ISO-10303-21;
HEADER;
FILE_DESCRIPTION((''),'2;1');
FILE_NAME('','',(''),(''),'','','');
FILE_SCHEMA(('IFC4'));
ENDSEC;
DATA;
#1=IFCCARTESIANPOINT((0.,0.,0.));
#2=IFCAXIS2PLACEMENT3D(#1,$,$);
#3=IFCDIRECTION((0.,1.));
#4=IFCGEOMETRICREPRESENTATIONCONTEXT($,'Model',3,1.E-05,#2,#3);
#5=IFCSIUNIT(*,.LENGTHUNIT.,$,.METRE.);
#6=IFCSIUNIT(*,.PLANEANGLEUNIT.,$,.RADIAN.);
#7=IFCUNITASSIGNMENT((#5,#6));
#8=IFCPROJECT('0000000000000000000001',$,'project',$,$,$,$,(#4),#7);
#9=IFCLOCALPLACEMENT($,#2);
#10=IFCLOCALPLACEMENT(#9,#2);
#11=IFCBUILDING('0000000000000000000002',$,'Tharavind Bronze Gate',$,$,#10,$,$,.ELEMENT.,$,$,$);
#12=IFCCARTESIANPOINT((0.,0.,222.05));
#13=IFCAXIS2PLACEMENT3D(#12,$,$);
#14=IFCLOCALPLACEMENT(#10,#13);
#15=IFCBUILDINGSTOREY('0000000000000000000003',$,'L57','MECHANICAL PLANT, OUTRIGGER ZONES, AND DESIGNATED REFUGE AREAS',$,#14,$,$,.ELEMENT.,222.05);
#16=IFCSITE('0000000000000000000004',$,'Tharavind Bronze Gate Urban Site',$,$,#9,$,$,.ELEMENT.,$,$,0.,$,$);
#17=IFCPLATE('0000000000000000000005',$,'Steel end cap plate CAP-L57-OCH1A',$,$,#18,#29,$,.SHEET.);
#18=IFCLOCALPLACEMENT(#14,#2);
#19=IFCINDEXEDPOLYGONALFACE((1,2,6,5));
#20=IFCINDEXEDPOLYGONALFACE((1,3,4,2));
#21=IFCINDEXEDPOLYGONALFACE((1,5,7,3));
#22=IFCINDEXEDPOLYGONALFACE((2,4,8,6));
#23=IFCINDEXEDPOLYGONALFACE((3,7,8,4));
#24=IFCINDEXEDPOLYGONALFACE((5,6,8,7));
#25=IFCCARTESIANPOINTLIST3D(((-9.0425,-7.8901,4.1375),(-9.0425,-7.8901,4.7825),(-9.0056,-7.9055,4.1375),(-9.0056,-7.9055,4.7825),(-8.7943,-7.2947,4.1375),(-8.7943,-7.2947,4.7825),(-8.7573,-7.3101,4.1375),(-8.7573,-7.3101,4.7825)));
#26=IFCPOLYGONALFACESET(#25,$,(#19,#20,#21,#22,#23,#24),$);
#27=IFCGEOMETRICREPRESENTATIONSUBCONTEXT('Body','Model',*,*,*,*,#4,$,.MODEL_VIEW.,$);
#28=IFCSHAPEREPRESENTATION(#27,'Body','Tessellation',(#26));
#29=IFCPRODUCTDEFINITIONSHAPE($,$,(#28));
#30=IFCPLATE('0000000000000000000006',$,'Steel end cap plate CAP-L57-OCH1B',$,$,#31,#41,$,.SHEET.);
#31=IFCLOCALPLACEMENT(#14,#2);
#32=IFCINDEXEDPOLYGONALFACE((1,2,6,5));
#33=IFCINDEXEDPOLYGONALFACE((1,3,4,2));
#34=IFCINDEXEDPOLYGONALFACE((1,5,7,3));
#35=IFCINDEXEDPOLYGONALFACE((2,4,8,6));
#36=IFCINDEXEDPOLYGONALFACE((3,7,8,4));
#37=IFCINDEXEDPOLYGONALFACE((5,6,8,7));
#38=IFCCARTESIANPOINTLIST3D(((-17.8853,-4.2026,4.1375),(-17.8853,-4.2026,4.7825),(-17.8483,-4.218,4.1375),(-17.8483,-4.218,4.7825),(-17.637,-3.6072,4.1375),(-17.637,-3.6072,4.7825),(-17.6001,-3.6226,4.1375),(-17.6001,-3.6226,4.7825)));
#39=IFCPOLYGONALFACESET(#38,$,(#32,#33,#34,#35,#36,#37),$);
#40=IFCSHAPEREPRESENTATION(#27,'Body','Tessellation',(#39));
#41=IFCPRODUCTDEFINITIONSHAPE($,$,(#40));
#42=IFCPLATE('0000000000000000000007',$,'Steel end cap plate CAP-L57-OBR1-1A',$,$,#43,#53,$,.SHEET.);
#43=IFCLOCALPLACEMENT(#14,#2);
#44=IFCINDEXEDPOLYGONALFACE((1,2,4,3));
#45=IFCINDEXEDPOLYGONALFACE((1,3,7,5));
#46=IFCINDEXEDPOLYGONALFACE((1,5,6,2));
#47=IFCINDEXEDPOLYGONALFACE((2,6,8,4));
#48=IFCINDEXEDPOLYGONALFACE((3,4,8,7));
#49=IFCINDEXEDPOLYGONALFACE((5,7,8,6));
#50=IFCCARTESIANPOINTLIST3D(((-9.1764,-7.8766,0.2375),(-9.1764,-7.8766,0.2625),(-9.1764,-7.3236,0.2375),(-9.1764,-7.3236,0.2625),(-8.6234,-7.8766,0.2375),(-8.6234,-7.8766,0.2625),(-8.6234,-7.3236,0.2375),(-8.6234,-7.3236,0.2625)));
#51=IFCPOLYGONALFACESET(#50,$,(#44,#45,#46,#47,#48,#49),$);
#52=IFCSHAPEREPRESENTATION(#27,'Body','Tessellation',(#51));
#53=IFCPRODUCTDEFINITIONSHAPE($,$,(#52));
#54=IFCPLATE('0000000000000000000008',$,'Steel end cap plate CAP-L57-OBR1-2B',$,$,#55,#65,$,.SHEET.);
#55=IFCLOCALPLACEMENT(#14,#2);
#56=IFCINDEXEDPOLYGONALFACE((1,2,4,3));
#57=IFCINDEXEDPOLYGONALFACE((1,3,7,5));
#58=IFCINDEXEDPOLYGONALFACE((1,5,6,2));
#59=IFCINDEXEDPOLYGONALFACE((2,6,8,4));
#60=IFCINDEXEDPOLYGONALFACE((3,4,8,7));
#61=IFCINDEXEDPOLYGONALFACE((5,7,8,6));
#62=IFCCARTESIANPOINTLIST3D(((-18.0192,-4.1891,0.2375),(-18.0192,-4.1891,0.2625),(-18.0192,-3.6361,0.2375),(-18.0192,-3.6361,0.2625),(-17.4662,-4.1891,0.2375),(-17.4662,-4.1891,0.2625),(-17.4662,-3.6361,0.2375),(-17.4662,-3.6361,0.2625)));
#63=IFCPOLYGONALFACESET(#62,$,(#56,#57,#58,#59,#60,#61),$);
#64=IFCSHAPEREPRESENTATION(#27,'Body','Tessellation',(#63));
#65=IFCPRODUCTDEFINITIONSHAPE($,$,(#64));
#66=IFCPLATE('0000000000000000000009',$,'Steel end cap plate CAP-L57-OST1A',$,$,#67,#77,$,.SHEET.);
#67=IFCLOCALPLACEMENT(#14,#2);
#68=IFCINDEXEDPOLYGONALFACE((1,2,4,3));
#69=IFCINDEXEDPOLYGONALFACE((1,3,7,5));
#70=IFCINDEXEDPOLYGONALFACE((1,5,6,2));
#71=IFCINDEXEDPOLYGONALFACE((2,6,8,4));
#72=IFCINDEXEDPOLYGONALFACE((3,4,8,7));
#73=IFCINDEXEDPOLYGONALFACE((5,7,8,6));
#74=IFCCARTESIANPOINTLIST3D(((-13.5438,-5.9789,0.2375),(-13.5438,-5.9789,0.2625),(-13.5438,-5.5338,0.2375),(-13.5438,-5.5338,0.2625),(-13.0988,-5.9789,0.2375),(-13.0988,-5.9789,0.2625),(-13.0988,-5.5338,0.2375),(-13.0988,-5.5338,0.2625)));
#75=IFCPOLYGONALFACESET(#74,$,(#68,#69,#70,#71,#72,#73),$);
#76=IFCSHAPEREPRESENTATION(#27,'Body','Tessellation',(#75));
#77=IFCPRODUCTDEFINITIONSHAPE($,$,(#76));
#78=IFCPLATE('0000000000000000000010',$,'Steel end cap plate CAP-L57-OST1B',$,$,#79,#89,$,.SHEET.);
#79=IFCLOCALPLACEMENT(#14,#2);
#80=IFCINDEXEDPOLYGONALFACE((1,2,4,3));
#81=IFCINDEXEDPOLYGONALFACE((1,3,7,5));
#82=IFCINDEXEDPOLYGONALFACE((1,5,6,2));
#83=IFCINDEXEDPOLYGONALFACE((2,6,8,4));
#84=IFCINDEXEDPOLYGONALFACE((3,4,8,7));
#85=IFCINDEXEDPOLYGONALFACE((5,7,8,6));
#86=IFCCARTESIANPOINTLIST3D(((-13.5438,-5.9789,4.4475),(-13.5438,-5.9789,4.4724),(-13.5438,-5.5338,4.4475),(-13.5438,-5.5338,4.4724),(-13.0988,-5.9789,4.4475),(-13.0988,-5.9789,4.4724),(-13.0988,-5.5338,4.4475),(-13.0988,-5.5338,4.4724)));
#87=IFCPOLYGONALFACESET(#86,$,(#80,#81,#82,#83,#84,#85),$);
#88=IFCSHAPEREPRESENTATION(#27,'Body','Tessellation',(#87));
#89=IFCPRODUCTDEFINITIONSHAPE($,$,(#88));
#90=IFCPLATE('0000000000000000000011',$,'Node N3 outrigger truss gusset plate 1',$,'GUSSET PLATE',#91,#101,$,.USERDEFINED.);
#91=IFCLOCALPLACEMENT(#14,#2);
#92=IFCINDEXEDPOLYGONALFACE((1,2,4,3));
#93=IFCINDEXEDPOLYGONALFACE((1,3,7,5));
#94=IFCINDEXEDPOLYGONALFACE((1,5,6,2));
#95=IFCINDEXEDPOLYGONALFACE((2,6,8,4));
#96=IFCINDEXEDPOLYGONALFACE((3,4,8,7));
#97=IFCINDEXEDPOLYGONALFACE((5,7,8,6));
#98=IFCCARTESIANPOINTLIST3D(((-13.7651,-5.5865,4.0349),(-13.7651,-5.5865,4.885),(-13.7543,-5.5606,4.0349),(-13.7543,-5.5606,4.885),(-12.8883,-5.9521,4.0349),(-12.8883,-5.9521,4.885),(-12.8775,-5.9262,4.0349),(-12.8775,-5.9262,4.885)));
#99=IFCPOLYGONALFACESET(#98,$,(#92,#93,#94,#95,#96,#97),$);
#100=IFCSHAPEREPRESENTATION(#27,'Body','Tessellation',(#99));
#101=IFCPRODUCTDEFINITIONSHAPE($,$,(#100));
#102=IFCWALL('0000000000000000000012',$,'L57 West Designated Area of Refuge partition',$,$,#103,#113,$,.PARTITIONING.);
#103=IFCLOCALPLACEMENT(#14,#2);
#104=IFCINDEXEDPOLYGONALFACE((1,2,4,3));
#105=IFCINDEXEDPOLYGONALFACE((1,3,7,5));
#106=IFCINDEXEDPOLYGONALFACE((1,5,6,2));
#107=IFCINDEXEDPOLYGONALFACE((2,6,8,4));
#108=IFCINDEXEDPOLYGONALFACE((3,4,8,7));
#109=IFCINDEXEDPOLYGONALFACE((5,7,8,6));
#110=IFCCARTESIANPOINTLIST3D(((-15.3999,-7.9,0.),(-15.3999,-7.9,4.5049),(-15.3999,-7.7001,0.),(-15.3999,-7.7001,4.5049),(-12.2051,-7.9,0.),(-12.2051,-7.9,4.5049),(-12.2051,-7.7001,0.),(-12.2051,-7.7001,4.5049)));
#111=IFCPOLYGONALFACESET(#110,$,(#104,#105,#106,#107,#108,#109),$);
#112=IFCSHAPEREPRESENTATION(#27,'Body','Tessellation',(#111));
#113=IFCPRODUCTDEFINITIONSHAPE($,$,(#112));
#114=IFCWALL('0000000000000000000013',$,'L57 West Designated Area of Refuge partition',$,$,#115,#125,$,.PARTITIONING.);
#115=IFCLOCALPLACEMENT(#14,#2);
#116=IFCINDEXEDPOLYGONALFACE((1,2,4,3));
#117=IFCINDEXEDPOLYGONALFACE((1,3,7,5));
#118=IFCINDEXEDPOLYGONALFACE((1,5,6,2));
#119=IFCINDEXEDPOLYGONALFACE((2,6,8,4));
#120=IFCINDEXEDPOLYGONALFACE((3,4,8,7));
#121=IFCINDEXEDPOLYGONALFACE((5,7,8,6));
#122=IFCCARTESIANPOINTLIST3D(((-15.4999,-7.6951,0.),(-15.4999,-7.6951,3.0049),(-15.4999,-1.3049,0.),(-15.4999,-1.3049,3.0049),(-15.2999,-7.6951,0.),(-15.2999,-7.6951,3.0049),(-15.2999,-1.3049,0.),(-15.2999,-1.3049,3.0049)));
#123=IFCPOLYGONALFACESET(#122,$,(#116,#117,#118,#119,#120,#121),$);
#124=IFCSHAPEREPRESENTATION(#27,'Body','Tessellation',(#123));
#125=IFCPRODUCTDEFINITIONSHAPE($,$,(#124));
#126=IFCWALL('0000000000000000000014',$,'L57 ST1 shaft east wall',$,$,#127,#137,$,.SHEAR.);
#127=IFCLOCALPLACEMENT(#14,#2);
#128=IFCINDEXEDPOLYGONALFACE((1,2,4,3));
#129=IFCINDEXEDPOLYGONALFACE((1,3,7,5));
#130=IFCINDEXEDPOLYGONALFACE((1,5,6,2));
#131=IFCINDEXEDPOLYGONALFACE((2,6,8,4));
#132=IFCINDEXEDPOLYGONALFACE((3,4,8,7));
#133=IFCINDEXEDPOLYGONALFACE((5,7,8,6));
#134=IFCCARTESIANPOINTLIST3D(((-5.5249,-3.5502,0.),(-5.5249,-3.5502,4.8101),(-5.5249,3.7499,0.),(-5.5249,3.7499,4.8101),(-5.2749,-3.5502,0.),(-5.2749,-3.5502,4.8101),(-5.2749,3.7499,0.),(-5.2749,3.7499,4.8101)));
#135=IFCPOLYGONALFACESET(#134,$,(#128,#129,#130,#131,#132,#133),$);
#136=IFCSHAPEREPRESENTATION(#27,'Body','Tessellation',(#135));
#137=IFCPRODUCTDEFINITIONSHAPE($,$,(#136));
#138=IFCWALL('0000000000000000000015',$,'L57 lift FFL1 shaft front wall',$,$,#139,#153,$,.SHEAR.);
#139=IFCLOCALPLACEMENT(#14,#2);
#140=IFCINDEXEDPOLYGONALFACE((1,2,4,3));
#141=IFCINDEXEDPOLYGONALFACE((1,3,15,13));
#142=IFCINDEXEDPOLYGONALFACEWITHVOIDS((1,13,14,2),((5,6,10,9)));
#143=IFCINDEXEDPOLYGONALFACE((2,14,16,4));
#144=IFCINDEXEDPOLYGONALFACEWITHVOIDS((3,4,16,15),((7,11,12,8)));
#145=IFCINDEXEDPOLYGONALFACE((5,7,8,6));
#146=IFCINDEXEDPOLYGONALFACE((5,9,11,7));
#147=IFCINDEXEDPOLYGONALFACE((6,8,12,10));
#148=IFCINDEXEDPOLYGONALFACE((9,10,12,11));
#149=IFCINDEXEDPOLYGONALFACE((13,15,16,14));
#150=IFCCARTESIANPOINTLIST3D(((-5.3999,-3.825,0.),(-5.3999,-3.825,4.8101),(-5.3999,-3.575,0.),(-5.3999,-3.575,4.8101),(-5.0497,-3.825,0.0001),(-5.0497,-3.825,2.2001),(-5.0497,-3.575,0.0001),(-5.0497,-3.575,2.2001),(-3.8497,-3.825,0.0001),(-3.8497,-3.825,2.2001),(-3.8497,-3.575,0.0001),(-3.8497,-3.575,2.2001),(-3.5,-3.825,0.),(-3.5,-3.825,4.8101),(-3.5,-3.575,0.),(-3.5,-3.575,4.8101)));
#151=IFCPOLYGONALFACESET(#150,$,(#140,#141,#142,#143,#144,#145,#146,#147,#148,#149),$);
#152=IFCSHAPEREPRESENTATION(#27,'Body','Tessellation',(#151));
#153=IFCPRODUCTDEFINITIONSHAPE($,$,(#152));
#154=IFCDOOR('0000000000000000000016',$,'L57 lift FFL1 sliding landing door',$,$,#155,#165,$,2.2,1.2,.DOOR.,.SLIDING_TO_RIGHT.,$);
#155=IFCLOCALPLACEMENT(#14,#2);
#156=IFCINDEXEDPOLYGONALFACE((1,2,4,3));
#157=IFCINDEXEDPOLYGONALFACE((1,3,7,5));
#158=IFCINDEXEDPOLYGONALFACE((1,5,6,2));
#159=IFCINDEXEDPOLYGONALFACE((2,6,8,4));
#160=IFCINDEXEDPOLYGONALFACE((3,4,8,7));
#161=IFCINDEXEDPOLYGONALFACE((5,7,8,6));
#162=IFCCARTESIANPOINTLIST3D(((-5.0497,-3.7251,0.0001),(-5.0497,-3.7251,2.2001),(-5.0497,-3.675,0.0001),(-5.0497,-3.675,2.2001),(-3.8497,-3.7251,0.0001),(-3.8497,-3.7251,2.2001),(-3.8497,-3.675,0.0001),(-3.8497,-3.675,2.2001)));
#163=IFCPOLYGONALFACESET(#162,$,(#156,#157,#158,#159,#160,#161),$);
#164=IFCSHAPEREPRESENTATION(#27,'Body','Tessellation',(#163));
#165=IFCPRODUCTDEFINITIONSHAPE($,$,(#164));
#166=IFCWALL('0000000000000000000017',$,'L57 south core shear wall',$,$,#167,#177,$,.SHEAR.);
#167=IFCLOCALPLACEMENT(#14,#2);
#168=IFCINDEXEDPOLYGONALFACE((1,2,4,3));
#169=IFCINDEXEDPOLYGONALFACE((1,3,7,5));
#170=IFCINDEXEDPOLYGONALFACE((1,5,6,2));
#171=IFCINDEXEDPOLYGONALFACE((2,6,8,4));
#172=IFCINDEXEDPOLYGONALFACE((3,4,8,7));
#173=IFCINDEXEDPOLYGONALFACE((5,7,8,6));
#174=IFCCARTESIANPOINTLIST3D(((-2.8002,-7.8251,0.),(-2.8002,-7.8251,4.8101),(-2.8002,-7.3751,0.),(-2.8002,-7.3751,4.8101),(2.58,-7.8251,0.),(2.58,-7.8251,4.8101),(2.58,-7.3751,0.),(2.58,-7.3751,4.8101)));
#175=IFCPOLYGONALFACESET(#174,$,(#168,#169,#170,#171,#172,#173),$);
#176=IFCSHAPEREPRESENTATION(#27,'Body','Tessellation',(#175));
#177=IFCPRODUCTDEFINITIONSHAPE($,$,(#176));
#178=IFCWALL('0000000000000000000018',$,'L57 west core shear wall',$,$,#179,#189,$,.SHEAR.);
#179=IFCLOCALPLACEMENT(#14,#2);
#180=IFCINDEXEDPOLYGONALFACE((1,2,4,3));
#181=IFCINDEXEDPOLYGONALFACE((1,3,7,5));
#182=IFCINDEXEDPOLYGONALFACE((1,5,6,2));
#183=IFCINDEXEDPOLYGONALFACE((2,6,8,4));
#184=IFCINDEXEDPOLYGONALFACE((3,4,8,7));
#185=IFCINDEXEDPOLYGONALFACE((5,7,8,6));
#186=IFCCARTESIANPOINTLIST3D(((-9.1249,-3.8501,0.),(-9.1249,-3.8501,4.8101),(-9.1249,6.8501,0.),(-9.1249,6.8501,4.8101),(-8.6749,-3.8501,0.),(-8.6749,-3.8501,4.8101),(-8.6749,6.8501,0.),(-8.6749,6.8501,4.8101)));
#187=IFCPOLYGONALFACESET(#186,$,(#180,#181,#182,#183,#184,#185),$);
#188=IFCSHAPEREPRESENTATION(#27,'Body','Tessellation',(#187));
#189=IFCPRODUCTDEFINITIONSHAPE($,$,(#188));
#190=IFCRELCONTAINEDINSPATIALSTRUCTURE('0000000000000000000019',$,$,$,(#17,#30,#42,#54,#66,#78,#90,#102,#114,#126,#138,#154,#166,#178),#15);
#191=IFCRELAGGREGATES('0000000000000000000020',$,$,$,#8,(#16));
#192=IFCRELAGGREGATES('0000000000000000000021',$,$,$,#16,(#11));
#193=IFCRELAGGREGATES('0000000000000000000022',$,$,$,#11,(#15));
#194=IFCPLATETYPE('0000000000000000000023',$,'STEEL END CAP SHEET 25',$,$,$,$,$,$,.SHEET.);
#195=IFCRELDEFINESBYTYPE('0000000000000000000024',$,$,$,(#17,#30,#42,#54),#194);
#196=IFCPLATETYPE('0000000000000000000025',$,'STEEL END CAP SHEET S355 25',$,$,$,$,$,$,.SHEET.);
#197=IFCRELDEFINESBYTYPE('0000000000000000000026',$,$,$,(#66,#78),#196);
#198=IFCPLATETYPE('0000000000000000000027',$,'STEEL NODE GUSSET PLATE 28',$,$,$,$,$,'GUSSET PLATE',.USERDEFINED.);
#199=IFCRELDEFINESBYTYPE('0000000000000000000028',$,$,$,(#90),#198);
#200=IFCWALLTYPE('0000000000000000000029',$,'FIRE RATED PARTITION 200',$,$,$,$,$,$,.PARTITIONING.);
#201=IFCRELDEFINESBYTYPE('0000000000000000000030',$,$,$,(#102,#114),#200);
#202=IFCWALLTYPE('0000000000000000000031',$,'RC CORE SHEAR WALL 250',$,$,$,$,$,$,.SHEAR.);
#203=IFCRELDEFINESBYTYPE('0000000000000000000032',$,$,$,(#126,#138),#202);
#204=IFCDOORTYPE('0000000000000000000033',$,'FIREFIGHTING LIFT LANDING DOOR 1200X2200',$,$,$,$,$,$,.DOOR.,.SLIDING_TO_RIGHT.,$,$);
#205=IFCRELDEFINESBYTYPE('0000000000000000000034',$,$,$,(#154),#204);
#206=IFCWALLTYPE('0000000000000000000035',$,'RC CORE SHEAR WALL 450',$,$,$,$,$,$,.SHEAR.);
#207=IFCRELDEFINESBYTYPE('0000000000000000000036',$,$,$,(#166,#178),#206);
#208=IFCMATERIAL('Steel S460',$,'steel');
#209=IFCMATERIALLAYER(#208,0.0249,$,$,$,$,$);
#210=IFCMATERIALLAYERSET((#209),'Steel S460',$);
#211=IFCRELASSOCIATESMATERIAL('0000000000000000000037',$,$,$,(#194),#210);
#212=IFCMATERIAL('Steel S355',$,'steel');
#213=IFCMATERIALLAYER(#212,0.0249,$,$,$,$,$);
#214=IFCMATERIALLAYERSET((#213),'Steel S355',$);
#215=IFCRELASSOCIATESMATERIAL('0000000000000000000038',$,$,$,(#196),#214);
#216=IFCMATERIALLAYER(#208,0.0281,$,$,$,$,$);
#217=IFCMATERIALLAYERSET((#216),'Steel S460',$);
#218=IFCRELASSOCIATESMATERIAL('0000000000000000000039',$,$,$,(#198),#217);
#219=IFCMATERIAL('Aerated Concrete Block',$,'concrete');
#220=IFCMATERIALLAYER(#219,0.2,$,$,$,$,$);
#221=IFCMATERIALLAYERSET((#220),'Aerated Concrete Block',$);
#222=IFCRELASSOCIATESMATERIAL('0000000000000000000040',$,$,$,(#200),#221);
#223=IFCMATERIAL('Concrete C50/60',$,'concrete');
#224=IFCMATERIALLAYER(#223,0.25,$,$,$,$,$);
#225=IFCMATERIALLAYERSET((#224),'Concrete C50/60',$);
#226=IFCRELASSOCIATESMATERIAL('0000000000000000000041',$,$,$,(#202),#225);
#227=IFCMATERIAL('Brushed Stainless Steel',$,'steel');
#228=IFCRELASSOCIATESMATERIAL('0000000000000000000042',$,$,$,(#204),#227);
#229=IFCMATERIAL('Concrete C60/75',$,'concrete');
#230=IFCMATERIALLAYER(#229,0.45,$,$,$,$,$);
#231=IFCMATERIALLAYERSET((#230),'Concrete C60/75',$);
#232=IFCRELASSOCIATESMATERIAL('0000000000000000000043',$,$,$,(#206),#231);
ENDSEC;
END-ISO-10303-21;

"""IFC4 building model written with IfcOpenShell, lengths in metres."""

from ifc_helpers import new_model, si_unit, direction, frame, frame_2d, origin, origin_2d, place, context, subcontext, project, spatial, rectangle, extrude, material, layer, layer_set, type_object, element, fill, save


model = new_model("IFC4")

# Units and contexts
model_context = context("Model", 3, precision=1e-05, world=origin(), true_north=direction((0.0, 1.0)))
body_context = subcontext(model_context, "Body", "Model", "MODEL_VIEW")
ifc_project = project(units=[si_unit("LENGTHUNIT", "METRE"), si_unit("PLANEANGLEUNIT", "RADIAN")], contexts=[model_context])

# Site, building, storey
site_placement = place(None, origin())
site = spatial("IfcSite", under=ifc_project, at=site_placement, Name="Tharavind Bronze Gate Urban Site", CompositionType="ELEMENT", RefElevation=0.0)
building_placement = place(site_placement, origin())
building = spatial("IfcBuilding", under=site, at=building_placement, Name="Tharavind Bronze Gate", CompositionType="ELEMENT")
storey_placement = place(building_placement, frame((0.0, 0.0, 222.05)))
storey = spatial("IfcBuildingStorey", under=building, at=storey_placement, Name="L57", Description="MECHANICAL PLANT, OUTRIGGER ZONES, AND DESIGNATED REFUGE AREAS", CompositionType="ELEMENT", Elevation=222.05)

# Shared definitions
ifc_material_1 = material(Name="Concrete C60/75", Category="concrete")
ifc_material_2 = material(Name="Steel S460", Category="steel")

# Shared definitions
ifc_material_3 = material(Name="Steel S355", Category="steel")

# Plates
ifc_layer_1 = layer(ifc_material_2, 0.0249)
ifc_layer_set_1 = layer_set([ifc_layer_1], Name="Steel S460")
plate_type_1 = type_object("IfcPlateType", Name="STEEL END CAP SHEET 25", PredefinedType="SHEET", material=ifc_layer_set_1)
for number, where, z_axis, x_axis, name in (
    (1, (-8.8999, -7.6001, 4.1375), (0.0, 0.0, 1.0), (-0.922967, 0.38488, 0.0), "Steel end cap plate CAP-L57-OCH1A"),
    (2, (-17.7427, -3.9126, 4.1375), (0.0, 0.0, 1.0), (-0.922967, 0.38488, 0.0), "Steel end cap plate CAP-L57-OCH1B"),
):
    element("IfcPlate", number, at=place(storey_placement, frame(where, z_axis=z_axis, x_axis=x_axis)), inside=storey, type_object=plate_type_1, Name=name, PredefinedType="SHEET", context=body_context, shape_type="SweptSolid", body=[
        extrude(rectangle(XDim=0.04, YDim=0.645, at=origin_2d()), origin(), (0.0, 0.0, 1.0), 0.645),
    ])
for number, where, z_axis, x_axis, name in (
    (3, (-8.8999, -7.6001, 0.2375), (0.0, 0.0, 1.0), (1.0, 0.0, 0.0), "Steel end cap plate CAP-L57-OBR1-1A"),
    (4, (-17.7427, -3.9126, 0.2375), (0.0, 0.0, 1.0), (1.0, 0.0, 0.0), "Steel end cap plate CAP-L57-OBR1-2B"),
):
    element("IfcPlate", number, at=place(storey_placement, frame(where, z_axis=z_axis, x_axis=x_axis)), inside=storey, type_object=plate_type_1, Name=name, PredefinedType="SHEET", context=body_context, shape_type="SweptSolid", body=[
        extrude(rectangle(XDim=0.553, YDim=0.553, at=origin_2d()), origin(), (0.0, 0.0, 1.0), 0.0249),
    ])
ifc_layer_2 = layer(ifc_material_3, 0.0249)
ifc_layer_set_2 = layer_set([ifc_layer_2], Name="Steel S355")
plate_type_2 = type_object("IfcPlateType", Name="STEEL END CAP SHEET S355 25", PredefinedType="SHEET", material=ifc_layer_set_2)
for number, where, z_axis, x_axis, name in (
    (5, (-13.3213, -5.7563, 0.2375), (0.0, 0.0, 1.0), (1.0, 0.0, 0.0), "Steel end cap plate CAP-L57-OST1A"),
    (6, (-13.3213, -5.7563, 4.4475), (0.0, 0.0, 1.0), (1.0, 0.0, 0.0), "Steel end cap plate CAP-L57-OST1B"),
):
    element("IfcPlate", number, at=place(storey_placement, frame(where, z_axis=z_axis, x_axis=x_axis)), inside=storey, type_object=plate_type_2, Name=name, PredefinedType="SHEET", context=body_context, shape_type="SweptSolid", body=[
        extrude(rectangle(XDim=0.4451, YDim=0.4451, at=origin_2d()), origin(), (0.0, 0.0, 1.0), 0.0249),
    ])
ifc_layer_3 = layer(ifc_material_2, 0.0281)
ifc_layer_set_3 = layer_set([ifc_layer_3], Name="Steel S460")
plate_type_3 = type_object("IfcPlateType", Name="STEEL NODE GUSSET PLATE 28", ElementType="GUSSET PLATE", PredefinedType="USERDEFINED", material=ifc_layer_set_3)
plate_1_placement = place(storey_placement, frame((-13.3213, -5.7563, 4.0349), z_axis=(0.0, 0.0, 1.0), x_axis=(-0.922967, 0.38488, 0.0)))
element("IfcPlate", 7, at=plate_1_placement, inside=storey, type_object=plate_type_3, Name="Node N3 outrigger truss gusset plate 1", ObjectType="GUSSET PLATE", PredefinedType="USERDEFINED", context=body_context, shape_type="SweptSolid", body=[
    extrude(rectangle(XDim=0.95, YDim=0.0281, at=origin_2d()), origin(), (0.0, 0.0, 1.0), 0.8501),
])

# Walls
ifc_material_4 = material(Name="Aerated Concrete Block", Category="concrete")
ifc_layer_4 = layer(ifc_material_4, 0.2)
ifc_layer_set_4 = layer_set([ifc_layer_4], Name="Aerated Concrete Block")
wall_type_1 = type_object("IfcWallType", Name="FIRE RATED PARTITION 200", PredefinedType="PARTITIONING", material=ifc_layer_set_4)
wall_1_placement = place(storey_placement, frame((-12.2051, -7.8, 0.0), z_axis=(0.0, 0.0, 1.0), x_axis=(-1.0, 0.0, 0.0)))
element("IfcWall", 8, at=wall_1_placement, inside=storey, type_object=wall_type_1, Name="L57 West Designated Area of Refuge partition", PredefinedType="PARTITIONING", context=body_context, shape_type="SweptSolid", body=[
    extrude(rectangle(XDim=3.1948, YDim=0.2, at=frame_2d((1.5974, 0.0))), origin(), (0.0, 0.0, 1.0), 4.5049),
])
wall_2_placement = place(storey_placement, frame((-15.3999, -7.6951, 0.0), z_axis=(0.0, 0.0, 1.0), x_axis=(0.0, 1.0, 0.0)))
element("IfcWall", 9, at=wall_2_placement, inside=storey, type_object=wall_type_1, Name="L57 West Designated Area of Refuge partition", PredefinedType="PARTITIONING", context=body_context, shape_type="SweptSolid", body=[
    extrude(rectangle(XDim=6.3901, YDim=0.2, at=frame_2d((3.1951, 0.0))), origin(), (0.0, 0.0, 1.0), 3.0049),
])
ifc_material_5 = material(Name="Concrete C50/60", Category="concrete")
ifc_layer_5 = layer(ifc_material_5, 0.25)
ifc_layer_set_5 = layer_set([ifc_layer_5], Name="Concrete C50/60")
wall_type_2 = type_object("IfcWallType", Name="RC CORE SHEAR WALL 250", PredefinedType="SHEAR", material=ifc_layer_set_5)
wall_3_placement = place(storey_placement, frame((-5.3999, -3.55, 0.0), z_axis=(0.0, 0.0, 1.0), x_axis=(0.0, 1.0, 0.0)))
element("IfcWall", 10, at=wall_3_placement, inside=storey, type_object=wall_type_2, Name="L57 ST1 shaft east wall", PredefinedType="SHEAR", context=body_context, shape_type="SweptSolid", body=[
    extrude(rectangle(XDim=7.3, YDim=0.25, at=frame_2d((3.6499, 0.0))), origin(), (0.0, 0.0, 1.0), 4.8101),
])

# Wall, opening, door
wall_4_placement = place(storey_placement, frame((-5.3999, -3.7, 0.0), z_axis=(0.0, 0.0, 1.0), x_axis=(1.0, 0.0, 0.0)))
wall_4 = element("IfcWall", 11, at=wall_4_placement, inside=storey, type_object=wall_type_2, Name="L57 lift FFL1 shaft front wall", PredefinedType="SHEAR", context=body_context, shape_type="SweptSolid", body=[
    extrude(rectangle(XDim=1.8999, YDim=0.25, at=frame_2d((0.95, 0.0))), origin(), (0.0, 0.0, 1.0), 4.8101),
])
opening_1_placement = place(wall_4_placement, frame((0.3501, 0.0, 0.0)))
opening_1 = element("IfcOpeningElement", 12, at=opening_1_placement, cuts=wall_4, PredefinedType="OPENING", context=body_context, shape_type="SweptSolid", body=[
    extrude(rectangle(XDim=1.2, YDim=2.2, at=frame_2d((0.6001, 1.1001))), frame((0.0, 0.135, 0.0), z_axis=(0.0, -1.0, 0.0), x_axis=(1.0, 0.0, 0.0)), (0.0, 0.0, 1.0), 0.27),
])
ifc_material_6 = material(Name="Brushed Stainless Steel", Category="steel")
door_type_1 = type_object("IfcDoorType", Name="FIREFIGHTING LIFT LANDING DOOR 1200X2200", OperationType="SLIDING_TO_RIGHT", PredefinedType="DOOR", material=ifc_material_6)
door_1_placement = place(opening_1_placement, origin())
door_1 = element("IfcDoor", 13, at=door_1_placement, inside=storey, type_object=door_type_1, Name="L57 lift FFL1 sliding landing door", OperationType="SLIDING_TO_RIGHT", OverallHeight=2.2, OverallWidth=1.2, PredefinedType="DOOR", context=body_context, shape_type="SweptSolid", body=[
    extrude(rectangle(XDim=1.2, YDim=2.2, at=frame_2d((0.6001, 1.1001))), frame((0.0, 0.0249, 0.0), z_axis=(0.0, -1.0, 0.0), x_axis=(1.0, 0.0, 0.0)), (0.0, 0.0, 1.0), 0.05),
])
fill(opening_1, door_1)

# Walls
ifc_layer_6 = layer(ifc_material_1, 0.45)
ifc_layer_set_6 = layer_set([ifc_layer_6], Name="Concrete C60/75")
wall_type_3 = type_object("IfcWallType", Name="RC CORE SHEAR WALL 450", PredefinedType="SHEAR", material=ifc_layer_set_6)
wall_5_placement = place(storey_placement, frame((-2.8, -7.6001, 0.0), z_axis=(0.0, 0.0, 1.0), x_axis=(1.0, 0.0, 0.0)))
element("IfcWall", 14, at=wall_5_placement, inside=storey, type_object=wall_type_3, Name="L57 south core shear wall", PredefinedType="SHEAR", context=body_context, shape_type="SweptSolid", body=[
    extrude(rectangle(XDim=5.3801, YDim=0.45, at=frame_2d((2.6899, 0.0))), origin(), (0.0, 0.0, 1.0), 4.8101),
])
wall_6_placement = place(storey_placement, frame((-8.8999, -3.8501, 0.0), z_axis=(0.0, 0.0, 1.0), x_axis=(0.0, 1.0, 0.0)))
element("IfcWall", 15, at=wall_6_placement, inside=storey, type_object=wall_type_3, Name="L57 west core shear wall", PredefinedType="SHEAR", context=body_context, shape_type="SweptSolid", body=[
    extrude(rectangle(XDim=10.7002, YDim=0.45, at=frame_2d((5.3501, 0.0))), origin(), (0.0, 0.0, 1.0), 4.8101),
])

save(model, "model.ifc")
